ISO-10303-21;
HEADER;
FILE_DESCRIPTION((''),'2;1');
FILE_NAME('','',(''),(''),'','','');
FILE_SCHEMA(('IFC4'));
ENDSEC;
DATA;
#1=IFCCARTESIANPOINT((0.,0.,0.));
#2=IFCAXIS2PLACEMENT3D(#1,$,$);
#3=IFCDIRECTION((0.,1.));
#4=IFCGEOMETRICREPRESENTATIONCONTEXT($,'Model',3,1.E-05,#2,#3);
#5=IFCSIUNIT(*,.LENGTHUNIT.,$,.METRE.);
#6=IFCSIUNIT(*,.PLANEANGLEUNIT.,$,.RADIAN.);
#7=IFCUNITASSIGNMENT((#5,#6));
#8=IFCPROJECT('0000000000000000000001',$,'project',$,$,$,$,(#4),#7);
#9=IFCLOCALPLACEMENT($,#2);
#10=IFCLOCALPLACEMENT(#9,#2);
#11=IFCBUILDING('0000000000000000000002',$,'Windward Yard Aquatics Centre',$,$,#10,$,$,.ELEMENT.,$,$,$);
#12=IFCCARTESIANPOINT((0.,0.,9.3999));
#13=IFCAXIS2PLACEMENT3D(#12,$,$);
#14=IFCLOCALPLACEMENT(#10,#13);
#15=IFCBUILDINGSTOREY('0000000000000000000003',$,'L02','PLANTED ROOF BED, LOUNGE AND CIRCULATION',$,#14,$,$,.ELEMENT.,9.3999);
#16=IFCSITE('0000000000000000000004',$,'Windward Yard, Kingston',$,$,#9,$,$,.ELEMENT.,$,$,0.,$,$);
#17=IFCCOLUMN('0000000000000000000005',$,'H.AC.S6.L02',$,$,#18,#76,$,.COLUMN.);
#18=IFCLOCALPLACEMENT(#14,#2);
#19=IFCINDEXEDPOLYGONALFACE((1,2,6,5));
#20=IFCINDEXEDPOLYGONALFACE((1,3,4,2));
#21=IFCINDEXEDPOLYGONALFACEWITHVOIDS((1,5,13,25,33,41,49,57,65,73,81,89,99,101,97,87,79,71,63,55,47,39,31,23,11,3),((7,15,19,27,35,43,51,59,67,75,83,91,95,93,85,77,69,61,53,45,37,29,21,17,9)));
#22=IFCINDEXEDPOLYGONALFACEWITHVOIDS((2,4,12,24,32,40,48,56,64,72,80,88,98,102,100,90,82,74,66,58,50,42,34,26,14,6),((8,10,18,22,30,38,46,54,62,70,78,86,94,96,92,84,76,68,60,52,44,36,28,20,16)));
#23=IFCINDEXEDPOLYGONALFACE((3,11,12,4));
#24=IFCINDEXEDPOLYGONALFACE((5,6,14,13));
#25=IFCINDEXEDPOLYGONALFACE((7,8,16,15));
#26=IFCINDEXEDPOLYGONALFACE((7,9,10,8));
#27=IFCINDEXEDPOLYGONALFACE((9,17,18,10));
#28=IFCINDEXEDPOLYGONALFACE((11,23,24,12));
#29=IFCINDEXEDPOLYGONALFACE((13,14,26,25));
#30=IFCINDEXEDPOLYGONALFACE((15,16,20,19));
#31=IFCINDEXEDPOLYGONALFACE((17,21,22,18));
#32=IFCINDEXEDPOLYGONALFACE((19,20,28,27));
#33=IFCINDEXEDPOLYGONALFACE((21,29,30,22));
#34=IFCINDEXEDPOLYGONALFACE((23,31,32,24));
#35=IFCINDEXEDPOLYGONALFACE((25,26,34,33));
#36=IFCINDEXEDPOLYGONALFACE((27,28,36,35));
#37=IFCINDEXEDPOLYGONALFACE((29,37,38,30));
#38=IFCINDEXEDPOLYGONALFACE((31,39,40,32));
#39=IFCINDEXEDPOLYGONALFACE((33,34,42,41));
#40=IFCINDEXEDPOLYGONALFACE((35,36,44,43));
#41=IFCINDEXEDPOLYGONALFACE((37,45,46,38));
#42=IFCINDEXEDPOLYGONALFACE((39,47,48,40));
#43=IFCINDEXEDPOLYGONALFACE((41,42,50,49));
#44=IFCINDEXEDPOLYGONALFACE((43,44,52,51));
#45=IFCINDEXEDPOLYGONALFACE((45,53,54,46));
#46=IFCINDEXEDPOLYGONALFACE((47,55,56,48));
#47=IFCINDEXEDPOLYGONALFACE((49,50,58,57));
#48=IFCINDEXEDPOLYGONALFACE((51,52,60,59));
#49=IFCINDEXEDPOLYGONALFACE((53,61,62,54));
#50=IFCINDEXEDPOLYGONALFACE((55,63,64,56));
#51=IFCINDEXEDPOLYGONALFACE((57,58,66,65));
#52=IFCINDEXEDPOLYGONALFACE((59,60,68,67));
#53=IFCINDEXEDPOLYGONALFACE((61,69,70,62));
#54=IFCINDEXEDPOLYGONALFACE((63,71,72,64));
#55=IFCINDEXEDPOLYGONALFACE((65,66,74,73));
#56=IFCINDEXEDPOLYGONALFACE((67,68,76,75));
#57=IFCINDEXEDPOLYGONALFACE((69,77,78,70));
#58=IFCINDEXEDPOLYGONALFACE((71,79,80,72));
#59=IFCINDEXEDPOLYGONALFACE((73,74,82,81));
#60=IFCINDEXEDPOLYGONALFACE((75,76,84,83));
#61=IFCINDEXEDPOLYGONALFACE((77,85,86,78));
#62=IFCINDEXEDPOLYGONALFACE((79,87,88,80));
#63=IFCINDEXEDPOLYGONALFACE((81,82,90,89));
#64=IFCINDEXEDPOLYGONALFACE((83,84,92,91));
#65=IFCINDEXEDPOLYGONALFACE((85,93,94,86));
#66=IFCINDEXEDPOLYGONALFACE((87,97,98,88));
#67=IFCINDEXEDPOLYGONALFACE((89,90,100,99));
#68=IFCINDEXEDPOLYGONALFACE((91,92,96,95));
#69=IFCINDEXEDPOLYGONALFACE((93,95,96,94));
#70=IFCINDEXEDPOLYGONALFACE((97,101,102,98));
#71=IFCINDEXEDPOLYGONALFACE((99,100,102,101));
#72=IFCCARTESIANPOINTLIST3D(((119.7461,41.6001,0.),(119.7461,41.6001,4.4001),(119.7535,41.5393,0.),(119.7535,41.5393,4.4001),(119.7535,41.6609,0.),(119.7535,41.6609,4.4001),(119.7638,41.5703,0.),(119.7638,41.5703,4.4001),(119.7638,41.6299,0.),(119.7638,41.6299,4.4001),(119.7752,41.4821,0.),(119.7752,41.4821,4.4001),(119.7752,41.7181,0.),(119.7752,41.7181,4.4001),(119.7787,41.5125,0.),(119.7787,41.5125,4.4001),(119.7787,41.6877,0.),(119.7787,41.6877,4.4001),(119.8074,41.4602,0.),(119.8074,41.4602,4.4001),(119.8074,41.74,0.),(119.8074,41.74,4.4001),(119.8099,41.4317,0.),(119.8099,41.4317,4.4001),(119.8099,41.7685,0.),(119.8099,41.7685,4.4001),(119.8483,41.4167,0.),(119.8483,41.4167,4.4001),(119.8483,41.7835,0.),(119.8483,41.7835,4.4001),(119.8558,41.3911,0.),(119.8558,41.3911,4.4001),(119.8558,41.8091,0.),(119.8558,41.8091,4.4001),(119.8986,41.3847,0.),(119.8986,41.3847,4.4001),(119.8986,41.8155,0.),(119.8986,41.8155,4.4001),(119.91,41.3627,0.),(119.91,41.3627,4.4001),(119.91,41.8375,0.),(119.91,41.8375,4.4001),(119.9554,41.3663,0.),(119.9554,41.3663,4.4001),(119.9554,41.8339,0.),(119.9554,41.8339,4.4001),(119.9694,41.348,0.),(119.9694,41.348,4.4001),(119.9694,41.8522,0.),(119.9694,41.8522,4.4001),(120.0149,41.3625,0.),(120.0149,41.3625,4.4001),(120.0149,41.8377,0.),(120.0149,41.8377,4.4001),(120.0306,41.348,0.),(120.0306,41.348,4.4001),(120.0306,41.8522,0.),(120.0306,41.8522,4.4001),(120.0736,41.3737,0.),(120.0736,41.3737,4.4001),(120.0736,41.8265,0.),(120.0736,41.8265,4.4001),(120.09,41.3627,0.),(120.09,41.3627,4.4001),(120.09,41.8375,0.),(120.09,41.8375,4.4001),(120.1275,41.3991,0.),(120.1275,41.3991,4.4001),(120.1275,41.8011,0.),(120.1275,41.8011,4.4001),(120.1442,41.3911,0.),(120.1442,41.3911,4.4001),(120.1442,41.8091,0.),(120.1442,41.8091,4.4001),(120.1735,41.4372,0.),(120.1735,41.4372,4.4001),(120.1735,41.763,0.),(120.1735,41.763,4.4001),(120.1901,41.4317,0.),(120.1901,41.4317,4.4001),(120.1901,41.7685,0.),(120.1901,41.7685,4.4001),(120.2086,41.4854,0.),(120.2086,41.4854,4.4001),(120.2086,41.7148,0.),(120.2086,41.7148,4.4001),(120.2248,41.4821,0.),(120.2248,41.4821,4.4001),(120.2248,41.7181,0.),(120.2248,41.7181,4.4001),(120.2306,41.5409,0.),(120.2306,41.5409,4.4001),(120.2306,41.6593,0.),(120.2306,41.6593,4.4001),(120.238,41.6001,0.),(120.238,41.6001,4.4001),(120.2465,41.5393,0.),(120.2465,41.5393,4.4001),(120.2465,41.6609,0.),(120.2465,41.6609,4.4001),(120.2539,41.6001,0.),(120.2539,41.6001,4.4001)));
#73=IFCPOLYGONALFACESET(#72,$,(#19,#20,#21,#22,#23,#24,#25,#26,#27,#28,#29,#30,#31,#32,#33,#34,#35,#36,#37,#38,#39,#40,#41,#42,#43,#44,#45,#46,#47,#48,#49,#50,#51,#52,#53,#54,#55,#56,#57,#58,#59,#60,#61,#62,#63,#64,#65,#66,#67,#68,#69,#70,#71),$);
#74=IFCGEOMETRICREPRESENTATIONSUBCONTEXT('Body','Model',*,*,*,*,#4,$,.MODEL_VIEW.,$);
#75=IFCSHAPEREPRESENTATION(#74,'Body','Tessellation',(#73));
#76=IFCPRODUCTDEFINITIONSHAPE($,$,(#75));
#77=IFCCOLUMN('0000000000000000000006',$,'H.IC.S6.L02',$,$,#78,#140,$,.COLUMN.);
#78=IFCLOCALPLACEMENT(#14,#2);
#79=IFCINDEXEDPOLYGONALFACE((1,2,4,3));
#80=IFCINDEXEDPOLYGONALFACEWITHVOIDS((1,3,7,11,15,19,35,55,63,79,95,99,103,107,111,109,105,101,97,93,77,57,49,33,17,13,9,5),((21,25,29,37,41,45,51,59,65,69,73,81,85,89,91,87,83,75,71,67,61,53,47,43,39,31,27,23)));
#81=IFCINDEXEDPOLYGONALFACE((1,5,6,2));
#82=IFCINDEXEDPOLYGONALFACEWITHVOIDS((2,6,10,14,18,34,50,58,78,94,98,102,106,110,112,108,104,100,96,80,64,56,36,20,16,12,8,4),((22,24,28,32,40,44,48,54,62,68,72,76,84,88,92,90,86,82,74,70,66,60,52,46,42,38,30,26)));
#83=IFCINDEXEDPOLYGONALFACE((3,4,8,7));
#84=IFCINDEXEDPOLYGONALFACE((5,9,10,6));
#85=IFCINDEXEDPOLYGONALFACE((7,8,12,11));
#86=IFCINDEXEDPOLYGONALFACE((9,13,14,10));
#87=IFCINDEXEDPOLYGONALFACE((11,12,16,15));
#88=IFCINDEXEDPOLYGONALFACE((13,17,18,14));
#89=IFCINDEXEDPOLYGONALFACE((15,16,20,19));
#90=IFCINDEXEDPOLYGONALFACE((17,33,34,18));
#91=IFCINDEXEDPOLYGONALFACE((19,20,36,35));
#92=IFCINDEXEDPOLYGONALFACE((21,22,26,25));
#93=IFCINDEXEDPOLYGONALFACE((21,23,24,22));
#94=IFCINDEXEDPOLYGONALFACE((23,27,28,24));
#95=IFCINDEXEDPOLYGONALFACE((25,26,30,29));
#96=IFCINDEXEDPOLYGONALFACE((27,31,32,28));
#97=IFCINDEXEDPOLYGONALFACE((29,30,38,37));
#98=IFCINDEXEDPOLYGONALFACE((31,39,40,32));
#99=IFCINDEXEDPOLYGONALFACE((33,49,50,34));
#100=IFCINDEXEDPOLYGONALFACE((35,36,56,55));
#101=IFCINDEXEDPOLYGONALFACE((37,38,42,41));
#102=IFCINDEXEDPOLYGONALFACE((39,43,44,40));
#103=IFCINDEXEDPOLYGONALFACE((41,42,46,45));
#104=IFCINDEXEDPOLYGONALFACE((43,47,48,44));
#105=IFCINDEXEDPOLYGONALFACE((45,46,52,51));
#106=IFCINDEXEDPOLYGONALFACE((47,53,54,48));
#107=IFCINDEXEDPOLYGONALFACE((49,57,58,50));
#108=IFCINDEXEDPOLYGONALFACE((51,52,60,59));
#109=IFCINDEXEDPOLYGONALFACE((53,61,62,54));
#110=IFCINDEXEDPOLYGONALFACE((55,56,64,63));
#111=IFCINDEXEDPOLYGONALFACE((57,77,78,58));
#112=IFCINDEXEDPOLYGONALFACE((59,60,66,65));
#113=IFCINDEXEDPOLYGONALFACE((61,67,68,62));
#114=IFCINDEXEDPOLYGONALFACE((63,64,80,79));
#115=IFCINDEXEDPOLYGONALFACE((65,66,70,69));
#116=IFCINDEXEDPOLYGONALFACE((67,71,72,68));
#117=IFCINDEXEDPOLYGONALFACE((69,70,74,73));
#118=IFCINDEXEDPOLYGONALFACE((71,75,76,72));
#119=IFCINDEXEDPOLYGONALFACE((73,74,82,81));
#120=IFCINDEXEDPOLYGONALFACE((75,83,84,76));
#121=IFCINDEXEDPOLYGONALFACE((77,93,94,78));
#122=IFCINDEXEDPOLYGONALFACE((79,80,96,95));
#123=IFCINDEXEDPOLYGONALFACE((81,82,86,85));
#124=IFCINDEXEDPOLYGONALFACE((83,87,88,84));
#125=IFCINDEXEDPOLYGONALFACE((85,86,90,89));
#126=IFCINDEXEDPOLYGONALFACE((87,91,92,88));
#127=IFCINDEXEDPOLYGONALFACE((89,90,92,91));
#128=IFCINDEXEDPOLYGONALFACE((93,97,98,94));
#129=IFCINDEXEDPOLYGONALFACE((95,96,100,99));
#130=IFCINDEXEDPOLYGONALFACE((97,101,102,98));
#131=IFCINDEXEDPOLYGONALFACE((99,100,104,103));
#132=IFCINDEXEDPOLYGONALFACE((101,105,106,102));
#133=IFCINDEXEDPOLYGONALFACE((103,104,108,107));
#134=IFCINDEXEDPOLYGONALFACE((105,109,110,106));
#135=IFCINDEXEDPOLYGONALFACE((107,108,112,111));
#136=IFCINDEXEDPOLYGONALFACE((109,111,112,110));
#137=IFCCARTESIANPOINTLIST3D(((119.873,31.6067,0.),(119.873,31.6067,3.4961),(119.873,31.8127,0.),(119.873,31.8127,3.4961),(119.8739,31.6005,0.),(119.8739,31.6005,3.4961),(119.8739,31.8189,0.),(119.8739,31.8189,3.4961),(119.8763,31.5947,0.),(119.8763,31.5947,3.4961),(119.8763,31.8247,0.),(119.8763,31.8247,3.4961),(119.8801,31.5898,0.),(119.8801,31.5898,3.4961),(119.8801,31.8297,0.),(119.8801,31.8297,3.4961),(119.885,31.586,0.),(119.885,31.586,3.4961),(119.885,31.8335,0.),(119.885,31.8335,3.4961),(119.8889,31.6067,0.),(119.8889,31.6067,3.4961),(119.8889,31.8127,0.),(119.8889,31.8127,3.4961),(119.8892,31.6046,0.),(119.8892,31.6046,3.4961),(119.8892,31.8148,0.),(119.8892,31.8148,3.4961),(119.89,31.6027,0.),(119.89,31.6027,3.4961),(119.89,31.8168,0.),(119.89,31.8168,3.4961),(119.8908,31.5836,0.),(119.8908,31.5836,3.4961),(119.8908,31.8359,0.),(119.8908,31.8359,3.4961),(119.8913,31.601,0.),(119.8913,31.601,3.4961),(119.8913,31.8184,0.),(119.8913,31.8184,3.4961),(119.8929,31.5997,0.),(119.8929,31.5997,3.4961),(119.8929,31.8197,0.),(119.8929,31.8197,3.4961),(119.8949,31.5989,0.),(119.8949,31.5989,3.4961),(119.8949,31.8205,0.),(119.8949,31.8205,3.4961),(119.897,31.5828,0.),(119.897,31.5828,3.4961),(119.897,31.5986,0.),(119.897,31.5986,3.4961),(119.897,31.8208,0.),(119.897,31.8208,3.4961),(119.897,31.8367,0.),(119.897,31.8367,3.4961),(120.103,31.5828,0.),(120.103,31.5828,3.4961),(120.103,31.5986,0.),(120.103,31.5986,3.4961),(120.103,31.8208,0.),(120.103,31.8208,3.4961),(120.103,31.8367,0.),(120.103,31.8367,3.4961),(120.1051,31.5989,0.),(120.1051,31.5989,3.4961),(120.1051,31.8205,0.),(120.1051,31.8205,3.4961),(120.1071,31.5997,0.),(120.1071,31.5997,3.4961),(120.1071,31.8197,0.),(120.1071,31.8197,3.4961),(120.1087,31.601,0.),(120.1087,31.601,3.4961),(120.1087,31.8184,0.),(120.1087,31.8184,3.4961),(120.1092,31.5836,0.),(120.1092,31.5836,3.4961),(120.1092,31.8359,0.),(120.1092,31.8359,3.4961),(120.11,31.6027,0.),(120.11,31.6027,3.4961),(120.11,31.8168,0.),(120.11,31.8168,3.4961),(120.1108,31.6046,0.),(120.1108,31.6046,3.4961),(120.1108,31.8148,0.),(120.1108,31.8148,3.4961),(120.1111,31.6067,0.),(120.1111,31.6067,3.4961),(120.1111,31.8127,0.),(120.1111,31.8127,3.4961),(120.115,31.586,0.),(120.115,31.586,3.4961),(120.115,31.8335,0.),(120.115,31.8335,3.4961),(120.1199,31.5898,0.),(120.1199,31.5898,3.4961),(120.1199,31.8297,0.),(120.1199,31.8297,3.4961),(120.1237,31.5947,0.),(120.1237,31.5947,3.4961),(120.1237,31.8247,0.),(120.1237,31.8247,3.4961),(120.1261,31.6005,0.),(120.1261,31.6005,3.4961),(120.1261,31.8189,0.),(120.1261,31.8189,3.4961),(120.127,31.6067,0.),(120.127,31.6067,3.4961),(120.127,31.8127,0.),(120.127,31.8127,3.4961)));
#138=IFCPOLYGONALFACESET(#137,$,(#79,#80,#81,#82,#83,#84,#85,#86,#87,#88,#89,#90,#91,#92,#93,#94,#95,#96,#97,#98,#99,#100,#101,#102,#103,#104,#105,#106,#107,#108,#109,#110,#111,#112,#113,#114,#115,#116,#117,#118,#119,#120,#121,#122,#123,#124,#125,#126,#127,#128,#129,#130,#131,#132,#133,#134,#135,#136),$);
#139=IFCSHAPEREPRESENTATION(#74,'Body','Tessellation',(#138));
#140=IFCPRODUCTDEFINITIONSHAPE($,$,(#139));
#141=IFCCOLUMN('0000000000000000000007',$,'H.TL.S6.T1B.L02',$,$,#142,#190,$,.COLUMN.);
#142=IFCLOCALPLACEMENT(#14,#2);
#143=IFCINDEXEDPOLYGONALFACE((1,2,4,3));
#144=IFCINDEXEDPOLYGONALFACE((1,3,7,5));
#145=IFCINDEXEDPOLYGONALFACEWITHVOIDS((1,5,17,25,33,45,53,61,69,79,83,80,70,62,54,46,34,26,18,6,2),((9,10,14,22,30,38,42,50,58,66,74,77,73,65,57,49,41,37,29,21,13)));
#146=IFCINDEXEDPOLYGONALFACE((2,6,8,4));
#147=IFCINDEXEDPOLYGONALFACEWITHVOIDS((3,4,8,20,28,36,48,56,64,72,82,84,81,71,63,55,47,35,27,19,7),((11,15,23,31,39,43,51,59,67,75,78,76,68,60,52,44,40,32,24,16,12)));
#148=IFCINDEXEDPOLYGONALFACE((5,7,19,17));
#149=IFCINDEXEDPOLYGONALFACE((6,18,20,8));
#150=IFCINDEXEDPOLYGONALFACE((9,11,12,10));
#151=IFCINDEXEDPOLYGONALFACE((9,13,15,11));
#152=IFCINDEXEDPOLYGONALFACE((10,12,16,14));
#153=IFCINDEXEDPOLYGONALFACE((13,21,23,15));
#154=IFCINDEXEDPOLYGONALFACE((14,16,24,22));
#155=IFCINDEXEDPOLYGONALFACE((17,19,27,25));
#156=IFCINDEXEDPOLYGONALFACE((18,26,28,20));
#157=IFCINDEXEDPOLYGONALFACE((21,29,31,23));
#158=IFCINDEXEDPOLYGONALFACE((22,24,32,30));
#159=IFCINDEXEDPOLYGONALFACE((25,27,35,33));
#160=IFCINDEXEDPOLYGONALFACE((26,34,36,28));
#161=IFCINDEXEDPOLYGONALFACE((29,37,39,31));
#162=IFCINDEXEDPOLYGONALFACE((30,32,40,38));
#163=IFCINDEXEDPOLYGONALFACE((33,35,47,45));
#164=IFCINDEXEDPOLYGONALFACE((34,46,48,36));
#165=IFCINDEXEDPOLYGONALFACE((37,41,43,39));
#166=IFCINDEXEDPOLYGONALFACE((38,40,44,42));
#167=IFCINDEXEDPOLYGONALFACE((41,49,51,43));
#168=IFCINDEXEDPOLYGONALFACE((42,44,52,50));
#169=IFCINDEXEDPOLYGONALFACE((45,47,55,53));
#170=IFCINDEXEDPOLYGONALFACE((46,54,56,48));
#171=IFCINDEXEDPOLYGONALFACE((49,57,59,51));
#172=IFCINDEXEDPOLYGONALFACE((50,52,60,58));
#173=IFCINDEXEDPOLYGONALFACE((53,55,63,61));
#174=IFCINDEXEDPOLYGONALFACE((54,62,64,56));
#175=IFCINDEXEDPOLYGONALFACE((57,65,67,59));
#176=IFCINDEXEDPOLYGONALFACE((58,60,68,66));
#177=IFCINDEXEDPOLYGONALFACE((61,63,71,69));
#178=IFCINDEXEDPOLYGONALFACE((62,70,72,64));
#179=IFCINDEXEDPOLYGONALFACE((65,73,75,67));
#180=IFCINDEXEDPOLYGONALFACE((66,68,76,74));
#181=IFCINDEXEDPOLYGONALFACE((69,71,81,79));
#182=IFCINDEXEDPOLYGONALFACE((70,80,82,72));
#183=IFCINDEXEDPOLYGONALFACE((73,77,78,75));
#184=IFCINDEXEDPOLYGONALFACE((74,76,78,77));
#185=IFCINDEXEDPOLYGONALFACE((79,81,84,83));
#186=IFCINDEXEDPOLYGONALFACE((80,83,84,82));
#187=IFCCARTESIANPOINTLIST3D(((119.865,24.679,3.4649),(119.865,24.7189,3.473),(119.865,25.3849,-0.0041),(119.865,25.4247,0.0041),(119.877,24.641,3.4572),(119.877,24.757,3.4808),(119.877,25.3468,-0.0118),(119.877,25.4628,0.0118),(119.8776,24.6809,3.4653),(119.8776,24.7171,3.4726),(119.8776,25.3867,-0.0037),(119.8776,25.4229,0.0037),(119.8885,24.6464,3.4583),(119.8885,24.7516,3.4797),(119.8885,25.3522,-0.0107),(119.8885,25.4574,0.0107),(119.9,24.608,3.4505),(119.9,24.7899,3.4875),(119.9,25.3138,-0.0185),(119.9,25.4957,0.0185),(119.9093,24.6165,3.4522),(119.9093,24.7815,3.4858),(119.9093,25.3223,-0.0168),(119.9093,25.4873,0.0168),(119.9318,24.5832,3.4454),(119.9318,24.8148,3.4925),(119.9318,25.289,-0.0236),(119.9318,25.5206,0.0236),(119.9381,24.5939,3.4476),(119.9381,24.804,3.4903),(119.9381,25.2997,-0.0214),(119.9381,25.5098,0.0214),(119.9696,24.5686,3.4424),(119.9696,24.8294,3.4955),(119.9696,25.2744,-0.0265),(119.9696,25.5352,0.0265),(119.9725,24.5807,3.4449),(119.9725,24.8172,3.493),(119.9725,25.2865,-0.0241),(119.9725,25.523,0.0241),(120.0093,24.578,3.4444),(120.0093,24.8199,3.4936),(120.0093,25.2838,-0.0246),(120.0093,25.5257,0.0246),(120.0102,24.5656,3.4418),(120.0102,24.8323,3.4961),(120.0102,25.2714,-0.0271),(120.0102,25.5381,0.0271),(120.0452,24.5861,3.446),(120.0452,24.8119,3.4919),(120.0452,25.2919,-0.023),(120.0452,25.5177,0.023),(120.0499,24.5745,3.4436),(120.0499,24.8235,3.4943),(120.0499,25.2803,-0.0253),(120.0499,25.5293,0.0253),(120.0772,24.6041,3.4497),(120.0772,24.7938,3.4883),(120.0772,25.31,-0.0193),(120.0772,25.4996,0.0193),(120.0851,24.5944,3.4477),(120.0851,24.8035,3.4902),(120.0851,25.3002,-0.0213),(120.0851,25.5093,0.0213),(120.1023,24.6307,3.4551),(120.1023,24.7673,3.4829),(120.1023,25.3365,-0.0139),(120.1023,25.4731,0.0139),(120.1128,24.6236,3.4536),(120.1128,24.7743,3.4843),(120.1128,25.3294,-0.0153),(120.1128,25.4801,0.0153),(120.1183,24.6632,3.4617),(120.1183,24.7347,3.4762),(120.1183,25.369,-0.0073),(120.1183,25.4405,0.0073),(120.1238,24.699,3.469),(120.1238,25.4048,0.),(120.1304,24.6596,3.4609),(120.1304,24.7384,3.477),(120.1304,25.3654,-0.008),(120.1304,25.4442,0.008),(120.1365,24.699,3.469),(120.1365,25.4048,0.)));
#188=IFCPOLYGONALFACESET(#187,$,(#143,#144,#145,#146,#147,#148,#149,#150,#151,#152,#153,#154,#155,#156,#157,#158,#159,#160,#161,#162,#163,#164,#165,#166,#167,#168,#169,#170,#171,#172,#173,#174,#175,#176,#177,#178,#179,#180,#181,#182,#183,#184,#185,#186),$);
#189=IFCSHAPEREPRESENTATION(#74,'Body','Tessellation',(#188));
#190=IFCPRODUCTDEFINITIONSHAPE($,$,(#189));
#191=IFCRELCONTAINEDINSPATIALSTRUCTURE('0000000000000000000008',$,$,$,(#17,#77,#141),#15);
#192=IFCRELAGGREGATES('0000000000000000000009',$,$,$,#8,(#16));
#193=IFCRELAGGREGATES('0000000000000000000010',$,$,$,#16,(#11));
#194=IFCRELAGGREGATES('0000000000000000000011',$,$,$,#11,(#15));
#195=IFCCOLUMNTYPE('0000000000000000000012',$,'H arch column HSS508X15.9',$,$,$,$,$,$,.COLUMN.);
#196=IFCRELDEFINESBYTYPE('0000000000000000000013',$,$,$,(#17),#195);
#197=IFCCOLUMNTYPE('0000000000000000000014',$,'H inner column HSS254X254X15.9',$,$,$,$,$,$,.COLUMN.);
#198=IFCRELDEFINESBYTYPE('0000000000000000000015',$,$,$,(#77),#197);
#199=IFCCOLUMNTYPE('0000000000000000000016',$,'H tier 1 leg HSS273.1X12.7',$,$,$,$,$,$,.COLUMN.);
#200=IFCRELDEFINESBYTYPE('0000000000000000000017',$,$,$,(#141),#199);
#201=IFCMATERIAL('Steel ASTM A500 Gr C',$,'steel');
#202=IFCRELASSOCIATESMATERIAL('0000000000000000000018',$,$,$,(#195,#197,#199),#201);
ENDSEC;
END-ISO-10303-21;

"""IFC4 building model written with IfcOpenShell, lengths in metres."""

from ifc_helpers import new_model, si_unit, direction, frame, origin, origin_2d, place, context, subcontext, project, spatial, hollow_rectangle, hollow_circle, extrude, material, material_profile, profile_set, type_object, element, save


model = new_model("IFC4")

# Units and contexts
model_context = context("Model", 3, precision=1e-05, world=origin(), true_north=direction((0.0, 1.0)))
body_context = subcontext(model_context, "Body", "Model", "MODEL_VIEW")
ifc_project = project(units=[si_unit("LENGTHUNIT", "METRE"), si_unit("PLANEANGLEUNIT", "RADIAN")], contexts=[model_context])

# Site, building, storey
site_placement = place(None, origin())
site = spatial("IfcSite", under=ifc_project, at=site_placement, Name="Windward Yard, Kingston", CompositionType="ELEMENT", RefElevation=0.0)
building_placement = place(site_placement, origin())
building = spatial("IfcBuilding", under=site, at=building_placement, Name="Windward Yard Aquatics Centre", CompositionType="ELEMENT")
storey_placement = place(building_placement, frame((0.0, 0.0, 9.3999)))
storey = spatial("IfcBuildingStorey", under=building, at=storey_placement, Name="L02", Description="PLANTED ROOF BED, LOUNGE AND CIRCULATION", CompositionType="ELEMENT", Elevation=9.3999)

# Columns
ifc_material_1 = material(Name="Steel ASTM A500 Gr C", Category="steel")
ifc_material_profile_1 = material_profile(ifc_material_1, hollow_circle(Radius=0.2539, WallThickness=0.0159, at=origin_2d()), Name="HSS508X15.9")
ifc_profile_set_1 = profile_set([ifc_material_profile_1], Name="Steel ASTM A500 Gr C")
column_type_1 = type_object("IfcColumnType", Name="H arch column HSS508X15.9", PredefinedType="COLUMN", material=ifc_profile_set_1)
column_1_placement = place(storey_placement, frame((120.0, 41.6001, 0.0), z_axis=(0.0, 0.0, 1.0), x_axis=(1.0, 0.0, 0.0)))
element("IfcColumn", 1, at=column_1_placement, inside=storey, type_object=column_type_1, Name="H.AC.S6.L02", PredefinedType="COLUMN", context=body_context, shape_type="SweptSolid", body=[
    extrude(hollow_circle(Radius=0.2539, WallThickness=0.0159, at=origin_2d()), origin(), (0.0, 0.0, 1.0), 4.4001),
])
ifc_material_profile_2 = material_profile(ifc_material_1, hollow_rectangle(XDim=0.2539, YDim=0.2539, WallThickness=0.0159, InnerFilletRadius=0.0081, OuterFilletRadius=0.0239, at=origin_2d()), Name="HSS254X254X15.9")
ifc_profile_set_2 = profile_set([ifc_material_profile_2], Name="Steel ASTM A500 Gr C")
column_type_2 = type_object("IfcColumnType", Name="H inner column HSS254X254X15.9", PredefinedType="COLUMN", material=ifc_profile_set_2)
column_2_placement = place(storey_placement, frame((120.0, 31.7097, 0.0), z_axis=(0.0, 0.0, 1.0), x_axis=(1.0, 0.0, 0.0)))
element("IfcColumn", 2, at=column_2_placement, inside=storey, type_object=column_type_2, Name="H.IC.S6.L02", PredefinedType="COLUMN", context=body_context, shape_type="SweptSolid", body=[
    extrude(hollow_rectangle(XDim=0.2539, YDim=0.2539, WallThickness=0.0159, InnerFilletRadius=0.0081, OuterFilletRadius=0.0239, at=origin_2d()), origin(), (0.0, 0.0, 1.0), 3.4961),
])
ifc_material_profile_3 = material_profile(ifc_material_1, hollow_circle(Radius=0.1365, WallThickness=0.0127, at=origin_2d()), Name="HSS273.1X12.7")
ifc_profile_set_3 = profile_set([ifc_material_profile_3], Name="Steel ASTM A500 Gr C")
column_type_3 = type_object("IfcColumnType", Name="H tier 1 leg HSS273.1X12.7", PredefinedType="COLUMN", material=ifc_profile_set_3)
column_3_placement = place(storey_placement, frame((120.0, 25.4048, 0.0), z_axis=(0.0, -0.199378, 0.979923), x_axis=(1.0, 0.0, 0.0)))
element("IfcColumn", 3, at=column_3_placement, inside=storey, type_object=column_type_3, Name="H.TL.S6.T1B.L02", PredefinedType="COLUMN", context=body_context, shape_type="SweptSolid", body=[
    extrude(hollow_circle(Radius=0.1365, WallThickness=0.0127, at=origin_2d()), origin(), (0.0, 0.0, 1.0), 3.54),
])

save(model, "model.ifc")
